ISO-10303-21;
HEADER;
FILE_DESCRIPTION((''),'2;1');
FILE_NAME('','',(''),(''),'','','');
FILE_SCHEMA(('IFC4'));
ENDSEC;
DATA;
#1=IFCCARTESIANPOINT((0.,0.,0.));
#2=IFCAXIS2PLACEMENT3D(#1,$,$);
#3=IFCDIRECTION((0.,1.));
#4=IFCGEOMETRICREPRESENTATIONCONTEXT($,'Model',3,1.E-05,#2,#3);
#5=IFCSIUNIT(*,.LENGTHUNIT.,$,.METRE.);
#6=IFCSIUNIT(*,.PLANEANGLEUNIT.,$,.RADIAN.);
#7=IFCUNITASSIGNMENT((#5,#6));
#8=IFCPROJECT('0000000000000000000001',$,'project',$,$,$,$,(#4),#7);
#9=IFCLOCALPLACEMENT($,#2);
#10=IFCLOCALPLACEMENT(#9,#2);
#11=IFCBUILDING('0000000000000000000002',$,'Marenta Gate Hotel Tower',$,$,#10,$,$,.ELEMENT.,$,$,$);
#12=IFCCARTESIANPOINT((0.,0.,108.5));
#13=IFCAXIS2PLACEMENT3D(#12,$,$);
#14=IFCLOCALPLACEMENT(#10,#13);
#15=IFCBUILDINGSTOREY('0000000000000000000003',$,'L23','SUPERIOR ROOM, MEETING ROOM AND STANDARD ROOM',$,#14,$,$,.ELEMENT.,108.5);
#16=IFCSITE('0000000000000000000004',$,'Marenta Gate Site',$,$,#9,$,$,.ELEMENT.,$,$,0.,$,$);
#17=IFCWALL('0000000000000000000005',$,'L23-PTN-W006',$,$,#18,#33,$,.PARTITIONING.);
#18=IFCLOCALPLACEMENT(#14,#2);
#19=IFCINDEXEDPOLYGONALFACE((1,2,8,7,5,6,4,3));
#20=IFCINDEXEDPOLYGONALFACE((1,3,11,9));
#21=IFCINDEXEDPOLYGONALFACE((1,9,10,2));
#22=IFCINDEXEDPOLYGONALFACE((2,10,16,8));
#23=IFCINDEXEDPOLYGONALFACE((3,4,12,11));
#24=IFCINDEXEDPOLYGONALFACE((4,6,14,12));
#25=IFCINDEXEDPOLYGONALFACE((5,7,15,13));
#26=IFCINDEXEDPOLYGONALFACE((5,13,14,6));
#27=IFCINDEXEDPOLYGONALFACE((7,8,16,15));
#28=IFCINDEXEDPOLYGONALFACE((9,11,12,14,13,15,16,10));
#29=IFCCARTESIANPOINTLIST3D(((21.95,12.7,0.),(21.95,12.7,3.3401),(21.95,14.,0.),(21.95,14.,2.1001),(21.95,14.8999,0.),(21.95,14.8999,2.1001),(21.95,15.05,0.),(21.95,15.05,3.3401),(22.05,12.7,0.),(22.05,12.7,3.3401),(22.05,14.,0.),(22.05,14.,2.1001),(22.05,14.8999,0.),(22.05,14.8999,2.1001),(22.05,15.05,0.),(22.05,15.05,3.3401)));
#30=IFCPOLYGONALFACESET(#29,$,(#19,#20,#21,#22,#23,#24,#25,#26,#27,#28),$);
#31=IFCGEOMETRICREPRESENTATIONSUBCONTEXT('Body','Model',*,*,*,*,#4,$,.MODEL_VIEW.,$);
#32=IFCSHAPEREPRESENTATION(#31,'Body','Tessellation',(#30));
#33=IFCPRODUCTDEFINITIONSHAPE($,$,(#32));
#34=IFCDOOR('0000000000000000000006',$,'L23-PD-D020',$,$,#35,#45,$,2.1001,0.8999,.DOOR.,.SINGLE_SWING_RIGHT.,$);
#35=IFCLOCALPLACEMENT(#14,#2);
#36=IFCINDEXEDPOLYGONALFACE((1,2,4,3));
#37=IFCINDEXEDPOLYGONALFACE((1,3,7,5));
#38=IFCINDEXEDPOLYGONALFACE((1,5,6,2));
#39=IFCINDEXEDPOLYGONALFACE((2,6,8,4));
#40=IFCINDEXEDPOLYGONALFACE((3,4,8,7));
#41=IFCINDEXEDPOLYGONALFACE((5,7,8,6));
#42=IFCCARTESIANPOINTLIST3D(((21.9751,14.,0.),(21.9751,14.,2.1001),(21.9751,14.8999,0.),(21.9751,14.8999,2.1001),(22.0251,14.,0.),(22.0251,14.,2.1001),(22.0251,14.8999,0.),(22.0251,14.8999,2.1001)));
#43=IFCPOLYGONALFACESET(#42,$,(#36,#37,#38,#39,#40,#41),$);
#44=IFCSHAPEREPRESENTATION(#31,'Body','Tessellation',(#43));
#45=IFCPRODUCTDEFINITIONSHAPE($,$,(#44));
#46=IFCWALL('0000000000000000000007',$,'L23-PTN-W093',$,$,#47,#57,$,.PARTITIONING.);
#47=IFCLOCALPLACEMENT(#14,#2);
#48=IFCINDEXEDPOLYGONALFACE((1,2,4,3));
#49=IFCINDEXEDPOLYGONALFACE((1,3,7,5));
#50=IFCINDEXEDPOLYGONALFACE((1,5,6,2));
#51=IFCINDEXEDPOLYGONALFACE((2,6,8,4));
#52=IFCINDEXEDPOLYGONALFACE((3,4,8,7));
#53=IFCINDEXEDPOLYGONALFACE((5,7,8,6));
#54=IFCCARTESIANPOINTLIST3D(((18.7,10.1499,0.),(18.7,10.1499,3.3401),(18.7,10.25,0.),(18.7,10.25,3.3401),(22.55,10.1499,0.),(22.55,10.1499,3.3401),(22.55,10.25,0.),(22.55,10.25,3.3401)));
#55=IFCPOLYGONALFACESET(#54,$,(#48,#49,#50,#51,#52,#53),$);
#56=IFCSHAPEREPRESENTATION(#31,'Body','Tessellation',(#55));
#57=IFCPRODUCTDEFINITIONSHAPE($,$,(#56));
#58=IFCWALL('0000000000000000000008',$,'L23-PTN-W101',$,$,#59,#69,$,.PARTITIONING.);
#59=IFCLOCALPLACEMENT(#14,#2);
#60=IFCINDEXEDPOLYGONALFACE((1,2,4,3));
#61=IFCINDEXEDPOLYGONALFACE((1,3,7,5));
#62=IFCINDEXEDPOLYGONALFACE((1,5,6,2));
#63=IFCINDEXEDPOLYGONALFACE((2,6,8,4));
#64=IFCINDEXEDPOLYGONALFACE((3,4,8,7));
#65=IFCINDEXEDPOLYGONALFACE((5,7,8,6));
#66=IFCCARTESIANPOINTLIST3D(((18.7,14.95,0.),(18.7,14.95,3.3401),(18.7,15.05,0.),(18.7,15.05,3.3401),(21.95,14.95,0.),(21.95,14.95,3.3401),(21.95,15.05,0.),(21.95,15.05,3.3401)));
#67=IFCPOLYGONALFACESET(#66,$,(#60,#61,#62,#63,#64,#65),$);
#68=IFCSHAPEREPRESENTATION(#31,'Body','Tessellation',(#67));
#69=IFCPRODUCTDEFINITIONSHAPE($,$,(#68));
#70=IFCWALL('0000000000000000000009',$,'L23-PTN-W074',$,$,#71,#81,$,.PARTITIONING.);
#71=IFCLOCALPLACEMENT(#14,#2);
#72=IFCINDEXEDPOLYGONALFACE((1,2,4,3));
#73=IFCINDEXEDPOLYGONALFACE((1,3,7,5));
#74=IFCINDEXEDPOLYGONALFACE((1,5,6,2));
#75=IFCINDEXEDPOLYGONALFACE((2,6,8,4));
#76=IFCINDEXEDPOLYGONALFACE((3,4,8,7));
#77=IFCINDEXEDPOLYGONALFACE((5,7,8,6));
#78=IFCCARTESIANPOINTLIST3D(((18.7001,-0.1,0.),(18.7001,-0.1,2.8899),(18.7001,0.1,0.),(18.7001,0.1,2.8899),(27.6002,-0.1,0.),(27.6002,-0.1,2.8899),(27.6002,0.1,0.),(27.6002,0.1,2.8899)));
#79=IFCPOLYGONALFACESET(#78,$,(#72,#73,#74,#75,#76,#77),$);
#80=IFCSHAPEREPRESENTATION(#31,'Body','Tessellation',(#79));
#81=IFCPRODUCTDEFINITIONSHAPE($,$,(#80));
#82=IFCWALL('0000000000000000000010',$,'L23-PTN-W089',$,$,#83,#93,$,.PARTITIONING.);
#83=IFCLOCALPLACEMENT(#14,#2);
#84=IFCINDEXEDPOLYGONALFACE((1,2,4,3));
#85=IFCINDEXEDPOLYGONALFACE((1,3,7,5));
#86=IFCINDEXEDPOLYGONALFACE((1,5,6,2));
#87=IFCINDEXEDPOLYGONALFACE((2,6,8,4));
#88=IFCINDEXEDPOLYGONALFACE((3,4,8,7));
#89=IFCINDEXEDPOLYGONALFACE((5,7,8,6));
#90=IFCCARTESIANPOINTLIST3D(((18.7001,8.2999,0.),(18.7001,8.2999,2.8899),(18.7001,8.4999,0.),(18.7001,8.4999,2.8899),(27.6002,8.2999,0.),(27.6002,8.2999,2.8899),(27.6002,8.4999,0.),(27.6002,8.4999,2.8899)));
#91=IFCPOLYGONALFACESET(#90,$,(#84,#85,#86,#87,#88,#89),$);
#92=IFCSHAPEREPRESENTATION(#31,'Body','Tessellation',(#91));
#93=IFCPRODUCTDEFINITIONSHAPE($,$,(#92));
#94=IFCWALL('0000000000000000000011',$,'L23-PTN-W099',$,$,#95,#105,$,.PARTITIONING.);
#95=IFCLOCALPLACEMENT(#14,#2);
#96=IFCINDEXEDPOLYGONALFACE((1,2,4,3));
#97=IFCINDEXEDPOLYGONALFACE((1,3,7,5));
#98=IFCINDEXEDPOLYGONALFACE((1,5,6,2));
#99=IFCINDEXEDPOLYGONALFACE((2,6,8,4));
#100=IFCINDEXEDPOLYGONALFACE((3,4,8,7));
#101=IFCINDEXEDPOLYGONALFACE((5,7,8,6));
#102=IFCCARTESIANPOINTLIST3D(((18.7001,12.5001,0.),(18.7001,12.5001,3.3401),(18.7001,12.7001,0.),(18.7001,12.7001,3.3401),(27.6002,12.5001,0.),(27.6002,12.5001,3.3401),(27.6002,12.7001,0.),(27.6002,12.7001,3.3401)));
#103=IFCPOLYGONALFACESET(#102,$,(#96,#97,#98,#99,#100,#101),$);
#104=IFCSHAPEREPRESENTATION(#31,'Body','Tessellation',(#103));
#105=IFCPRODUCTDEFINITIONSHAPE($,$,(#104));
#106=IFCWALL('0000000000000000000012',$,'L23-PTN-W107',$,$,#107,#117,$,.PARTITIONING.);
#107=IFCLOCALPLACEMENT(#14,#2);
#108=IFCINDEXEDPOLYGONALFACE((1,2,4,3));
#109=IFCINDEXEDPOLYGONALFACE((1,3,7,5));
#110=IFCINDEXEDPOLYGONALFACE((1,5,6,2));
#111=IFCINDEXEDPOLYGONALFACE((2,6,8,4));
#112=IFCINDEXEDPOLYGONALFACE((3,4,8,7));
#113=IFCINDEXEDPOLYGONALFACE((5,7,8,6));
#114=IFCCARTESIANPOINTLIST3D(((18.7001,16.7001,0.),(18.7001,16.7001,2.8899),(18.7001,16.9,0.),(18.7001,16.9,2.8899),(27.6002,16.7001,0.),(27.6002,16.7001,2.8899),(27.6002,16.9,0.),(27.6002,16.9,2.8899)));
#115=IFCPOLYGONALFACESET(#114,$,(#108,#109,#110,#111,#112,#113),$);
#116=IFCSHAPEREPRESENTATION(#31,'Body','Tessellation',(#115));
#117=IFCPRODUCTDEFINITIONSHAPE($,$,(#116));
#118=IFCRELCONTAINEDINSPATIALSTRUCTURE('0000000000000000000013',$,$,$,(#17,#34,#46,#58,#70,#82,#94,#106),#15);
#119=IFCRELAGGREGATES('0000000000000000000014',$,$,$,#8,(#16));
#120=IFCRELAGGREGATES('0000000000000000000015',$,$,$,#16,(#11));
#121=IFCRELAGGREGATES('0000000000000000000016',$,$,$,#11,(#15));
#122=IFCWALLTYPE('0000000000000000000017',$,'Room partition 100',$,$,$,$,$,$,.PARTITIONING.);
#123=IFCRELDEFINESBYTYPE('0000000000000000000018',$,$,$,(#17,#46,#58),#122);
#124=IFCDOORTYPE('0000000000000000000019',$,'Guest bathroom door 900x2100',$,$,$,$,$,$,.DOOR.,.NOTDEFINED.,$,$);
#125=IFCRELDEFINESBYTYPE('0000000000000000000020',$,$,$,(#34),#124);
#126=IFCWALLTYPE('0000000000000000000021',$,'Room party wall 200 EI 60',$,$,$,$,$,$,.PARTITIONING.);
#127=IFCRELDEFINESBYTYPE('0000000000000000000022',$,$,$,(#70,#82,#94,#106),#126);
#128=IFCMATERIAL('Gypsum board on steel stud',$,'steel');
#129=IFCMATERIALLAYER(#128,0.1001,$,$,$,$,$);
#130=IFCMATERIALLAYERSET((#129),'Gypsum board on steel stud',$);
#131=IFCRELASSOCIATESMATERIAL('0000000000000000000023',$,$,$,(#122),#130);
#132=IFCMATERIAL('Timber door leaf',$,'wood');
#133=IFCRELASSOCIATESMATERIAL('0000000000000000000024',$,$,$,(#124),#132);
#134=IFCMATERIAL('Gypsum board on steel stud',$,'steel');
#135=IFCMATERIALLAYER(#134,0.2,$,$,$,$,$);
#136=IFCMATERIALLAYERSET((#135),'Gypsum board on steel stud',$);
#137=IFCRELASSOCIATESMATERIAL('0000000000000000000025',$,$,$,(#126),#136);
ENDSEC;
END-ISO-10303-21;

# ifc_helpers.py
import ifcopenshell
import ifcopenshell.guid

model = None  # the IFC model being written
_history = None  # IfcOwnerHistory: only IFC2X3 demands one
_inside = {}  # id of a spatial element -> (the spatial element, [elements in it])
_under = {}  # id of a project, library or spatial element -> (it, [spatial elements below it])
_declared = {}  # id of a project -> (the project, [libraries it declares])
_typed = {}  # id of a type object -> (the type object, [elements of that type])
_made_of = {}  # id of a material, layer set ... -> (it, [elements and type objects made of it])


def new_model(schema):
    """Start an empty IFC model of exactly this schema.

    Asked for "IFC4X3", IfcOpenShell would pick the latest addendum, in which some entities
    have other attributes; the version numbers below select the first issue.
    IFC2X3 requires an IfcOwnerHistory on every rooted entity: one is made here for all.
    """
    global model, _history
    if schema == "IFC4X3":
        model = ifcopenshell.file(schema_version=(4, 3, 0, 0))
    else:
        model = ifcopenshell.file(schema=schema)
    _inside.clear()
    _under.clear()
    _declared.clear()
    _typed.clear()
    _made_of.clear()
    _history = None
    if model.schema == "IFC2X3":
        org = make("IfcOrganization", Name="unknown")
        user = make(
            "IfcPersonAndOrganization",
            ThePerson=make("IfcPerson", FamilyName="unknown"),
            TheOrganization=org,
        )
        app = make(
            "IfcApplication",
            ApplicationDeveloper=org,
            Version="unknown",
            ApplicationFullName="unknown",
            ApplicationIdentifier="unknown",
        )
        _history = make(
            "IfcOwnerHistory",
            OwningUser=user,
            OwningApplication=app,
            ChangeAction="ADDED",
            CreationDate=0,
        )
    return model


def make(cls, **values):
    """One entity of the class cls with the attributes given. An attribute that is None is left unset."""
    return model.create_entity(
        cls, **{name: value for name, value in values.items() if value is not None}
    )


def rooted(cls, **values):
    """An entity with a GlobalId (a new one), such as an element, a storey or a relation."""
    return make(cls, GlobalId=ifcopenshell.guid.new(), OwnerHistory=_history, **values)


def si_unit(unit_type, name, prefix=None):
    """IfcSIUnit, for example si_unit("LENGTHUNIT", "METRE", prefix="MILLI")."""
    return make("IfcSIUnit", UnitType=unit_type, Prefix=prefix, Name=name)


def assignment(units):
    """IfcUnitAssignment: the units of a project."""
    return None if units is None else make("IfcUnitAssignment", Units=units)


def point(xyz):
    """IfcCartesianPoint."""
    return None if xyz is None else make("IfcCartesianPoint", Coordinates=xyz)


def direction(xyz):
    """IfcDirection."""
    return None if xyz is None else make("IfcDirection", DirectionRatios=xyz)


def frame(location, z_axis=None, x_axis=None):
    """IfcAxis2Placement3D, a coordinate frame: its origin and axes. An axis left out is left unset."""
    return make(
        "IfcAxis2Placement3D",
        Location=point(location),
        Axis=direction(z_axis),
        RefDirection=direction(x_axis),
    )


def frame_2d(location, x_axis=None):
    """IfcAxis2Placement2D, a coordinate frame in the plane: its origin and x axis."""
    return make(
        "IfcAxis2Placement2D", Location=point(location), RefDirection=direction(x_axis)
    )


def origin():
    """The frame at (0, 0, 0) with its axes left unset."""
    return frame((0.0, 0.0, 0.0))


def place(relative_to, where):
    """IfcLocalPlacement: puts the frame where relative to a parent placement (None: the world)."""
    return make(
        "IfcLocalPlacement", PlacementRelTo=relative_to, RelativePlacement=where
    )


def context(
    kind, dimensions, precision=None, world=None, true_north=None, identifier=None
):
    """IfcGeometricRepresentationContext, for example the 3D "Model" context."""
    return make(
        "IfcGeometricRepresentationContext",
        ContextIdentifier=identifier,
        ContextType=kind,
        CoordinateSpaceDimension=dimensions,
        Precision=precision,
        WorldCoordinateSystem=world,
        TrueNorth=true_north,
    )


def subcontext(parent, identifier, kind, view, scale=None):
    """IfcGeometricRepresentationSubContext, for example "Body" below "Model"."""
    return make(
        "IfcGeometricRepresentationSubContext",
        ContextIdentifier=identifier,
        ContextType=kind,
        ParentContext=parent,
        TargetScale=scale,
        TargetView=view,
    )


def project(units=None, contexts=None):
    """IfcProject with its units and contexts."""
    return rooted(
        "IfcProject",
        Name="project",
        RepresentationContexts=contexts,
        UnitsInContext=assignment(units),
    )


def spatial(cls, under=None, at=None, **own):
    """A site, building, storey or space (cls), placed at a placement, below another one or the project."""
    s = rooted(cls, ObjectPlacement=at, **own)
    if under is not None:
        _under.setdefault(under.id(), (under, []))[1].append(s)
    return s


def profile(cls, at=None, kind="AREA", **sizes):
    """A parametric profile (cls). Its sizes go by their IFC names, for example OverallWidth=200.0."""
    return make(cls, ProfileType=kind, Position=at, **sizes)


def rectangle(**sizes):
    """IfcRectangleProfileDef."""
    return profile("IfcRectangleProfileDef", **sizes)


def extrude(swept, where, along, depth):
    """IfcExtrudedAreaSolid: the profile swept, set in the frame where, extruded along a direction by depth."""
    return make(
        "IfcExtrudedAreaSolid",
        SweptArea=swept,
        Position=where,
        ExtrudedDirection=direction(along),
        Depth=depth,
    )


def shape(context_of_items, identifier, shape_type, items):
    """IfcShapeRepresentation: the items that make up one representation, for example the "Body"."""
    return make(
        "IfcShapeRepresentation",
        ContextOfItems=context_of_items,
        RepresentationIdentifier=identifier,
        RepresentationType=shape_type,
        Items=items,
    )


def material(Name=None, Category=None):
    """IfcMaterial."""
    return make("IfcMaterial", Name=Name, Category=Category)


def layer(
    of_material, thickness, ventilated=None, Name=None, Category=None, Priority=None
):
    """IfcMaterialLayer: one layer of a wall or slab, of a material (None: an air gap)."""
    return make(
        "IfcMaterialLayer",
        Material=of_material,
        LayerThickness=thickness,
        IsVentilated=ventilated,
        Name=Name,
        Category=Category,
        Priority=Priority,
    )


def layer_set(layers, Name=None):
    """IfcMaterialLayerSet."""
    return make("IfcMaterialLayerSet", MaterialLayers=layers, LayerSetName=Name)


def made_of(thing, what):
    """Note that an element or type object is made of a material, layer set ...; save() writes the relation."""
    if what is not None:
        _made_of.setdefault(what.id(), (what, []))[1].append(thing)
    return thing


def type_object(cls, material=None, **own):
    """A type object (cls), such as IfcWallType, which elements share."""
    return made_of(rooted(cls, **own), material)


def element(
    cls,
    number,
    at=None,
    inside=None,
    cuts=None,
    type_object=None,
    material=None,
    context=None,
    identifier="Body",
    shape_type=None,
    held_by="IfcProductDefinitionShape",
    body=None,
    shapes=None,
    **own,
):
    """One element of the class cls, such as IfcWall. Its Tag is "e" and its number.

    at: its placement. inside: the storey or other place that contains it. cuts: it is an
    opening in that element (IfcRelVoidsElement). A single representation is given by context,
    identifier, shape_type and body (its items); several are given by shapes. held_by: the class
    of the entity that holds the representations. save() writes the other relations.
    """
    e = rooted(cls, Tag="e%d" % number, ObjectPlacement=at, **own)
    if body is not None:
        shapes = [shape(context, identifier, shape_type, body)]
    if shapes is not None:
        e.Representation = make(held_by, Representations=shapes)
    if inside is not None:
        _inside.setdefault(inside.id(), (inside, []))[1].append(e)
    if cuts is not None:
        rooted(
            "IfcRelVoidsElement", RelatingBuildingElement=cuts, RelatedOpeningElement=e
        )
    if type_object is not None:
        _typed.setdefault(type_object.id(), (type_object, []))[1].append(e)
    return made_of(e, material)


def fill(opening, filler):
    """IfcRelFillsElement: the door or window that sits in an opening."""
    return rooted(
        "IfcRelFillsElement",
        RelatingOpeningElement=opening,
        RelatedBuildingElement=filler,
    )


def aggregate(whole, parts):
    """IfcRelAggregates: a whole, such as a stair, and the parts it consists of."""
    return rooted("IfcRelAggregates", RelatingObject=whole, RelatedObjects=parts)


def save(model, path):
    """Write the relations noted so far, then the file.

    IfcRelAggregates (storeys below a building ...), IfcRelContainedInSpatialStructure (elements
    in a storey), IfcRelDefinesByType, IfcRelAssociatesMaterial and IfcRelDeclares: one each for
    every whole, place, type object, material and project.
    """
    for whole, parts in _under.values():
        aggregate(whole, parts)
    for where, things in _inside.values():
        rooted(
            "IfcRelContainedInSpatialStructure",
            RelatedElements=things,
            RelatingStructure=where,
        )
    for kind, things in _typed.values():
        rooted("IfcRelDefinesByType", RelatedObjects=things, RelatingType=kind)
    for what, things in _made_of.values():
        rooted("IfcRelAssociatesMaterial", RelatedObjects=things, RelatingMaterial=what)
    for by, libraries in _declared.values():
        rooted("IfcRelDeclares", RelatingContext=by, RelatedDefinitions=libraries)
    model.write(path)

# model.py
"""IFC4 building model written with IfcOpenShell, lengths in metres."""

from ifc_helpers import new_model, si_unit, direction, frame, frame_2d, origin, place, context, subcontext, project, spatial, rectangle, extrude, material, layer, layer_set, type_object, element, fill, save


model = new_model("IFC4")

# Units and contexts
model_context = context("Model", 3, precision=1e-05, world=origin(), true_north=direction((0.0, 1.0)))
body_context = subcontext(model_context, "Body", "Model", "MODEL_VIEW")
ifc_project = project(units=[si_unit("LENGTHUNIT", "METRE"), si_unit("PLANEANGLEUNIT", "RADIAN")], contexts=[model_context])

# Site, building, storey
site_placement = place(None, origin())
site = spatial("IfcSite", under=ifc_project, at=site_placement, Name="Marenta Gate Site", CompositionType="ELEMENT", RefElevation=0.0)
building_placement = place(site_placement, origin())
building = spatial("IfcBuilding", under=site, at=building_placement, Name="Marenta Gate Hotel Tower", CompositionType="ELEMENT")
storey_placement = place(building_placement, frame((0.0, 0.0, 108.5)))
storey = spatial("IfcBuildingStorey", under=building, at=storey_placement, Name="L23", Description="SUPERIOR ROOM, MEETING ROOM AND STANDARD ROOM", CompositionType="ELEMENT", Elevation=108.5)

# Wall, opening, door
ifc_material_1 = material(Name="Gypsum board on steel stud", Category="steel")
ifc_layer_1 = layer(ifc_material_1, 0.1001)
ifc_layer_set_1 = layer_set([ifc_layer_1], Name="Gypsum board on steel stud")
wall_type_1 = type_object("IfcWallType", Name="Room partition 100", PredefinedType="PARTITIONING", material=ifc_layer_set_1)
ifc_material_2 = material(Name="Timber door leaf", Category="wood")
door_type = type_object("IfcDoorType", Name="Guest bathroom door 900x2100", OperationType="NOTDEFINED", PredefinedType="DOOR", material=ifc_material_2)
wall_1_placement = place(storey_placement, frame((22.0, 12.7, 0.0), z_axis=(0.0, 0.0, 1.0), x_axis=(0.0, 1.0, 0.0)))
wall_1 = element("IfcWall", 1, at=wall_1_placement, inside=storey, type_object=wall_type_1, Name="L23-PTN-W006", PredefinedType="PARTITIONING", context=body_context, shape_type="SweptSolid", body=[
    extrude(rectangle(XDim=2.3501, YDim=0.1001, at=frame_2d((1.175, 0.0))), origin(), (0.0, 0.0, 1.0), 3.3401),
])
opening_1_placement = place(wall_1_placement, frame((1.3, 0.0, 0.0)))
opening_1 = element("IfcOpeningElement", 2, at=opening_1_placement, cuts=wall_1, PredefinedType="OPENING", context=body_context, shape_type="SweptSolid", body=[
    extrude(rectangle(XDim=0.8999, YDim=2.1001, at=frame_2d((0.45, 1.05))), frame((0.0, 0.05, 0.0), z_axis=(0.0, -1.0, 0.0), x_axis=(1.0, 0.0, 0.0)), (0.0, 0.0, 1.0), 0.1001),
])
door_1_placement = place(opening_1_placement, origin())
door_1 = element("IfcDoor", 3, at=door_1_placement, inside=storey, type_object=door_type, Name="L23-PD-D020", OperationType="SINGLE_SWING_RIGHT", OverallHeight=2.1001, OverallWidth=0.8999, PredefinedType="DOOR", context=body_context, shape_type="SweptSolid", body=[
    extrude(rectangle(XDim=0.8999, YDim=2.1001, at=frame_2d((0.45, 1.05))), frame((0.0, 0.0249, 0.0), z_axis=(0.0, -1.0, 0.0), x_axis=(1.0, 0.0, 0.0)), (0.0, 0.0, 1.0), 0.05),
])
fill(opening_1, door_1)

# Walls
wall_2_placement = place(storey_placement, frame((18.7, 10.2, 0.0), z_axis=(0.0, 0.0, 1.0), x_axis=(1.0, 0.0, 0.0)))
element("IfcWall", 4, at=wall_2_placement, inside=storey, type_object=wall_type_1, Name="L23-PTN-W093", PredefinedType="PARTITIONING", context=body_context, shape_type="SweptSolid", body=[
    extrude(rectangle(XDim=3.8501, YDim=0.1001, at=frame_2d((1.925, 0.0))), origin(), (0.0, 0.0, 1.0), 3.3401),
])
wall_3_placement = place(storey_placement, frame((18.7, 15.0, 0.0), z_axis=(0.0, 0.0, 1.0), x_axis=(1.0, 0.0, 0.0)))
element("IfcWall", 5, at=wall_3_placement, inside=storey, type_object=wall_type_1, Name="L23-PTN-W101", PredefinedType="PARTITIONING", context=body_context, shape_type="SweptSolid", body=[
    extrude(rectangle(XDim=3.25, YDim=0.1001, at=frame_2d((1.625, 0.0))), origin(), (0.0, 0.0, 1.0), 3.3401),
])
ifc_material_3 = material(Name="Gypsum board on steel stud", Category="steel")
ifc_layer_2 = layer(ifc_material_3, 0.2)
ifc_layer_set_2 = layer_set([ifc_layer_2], Name="Gypsum board on steel stud")
wall_type_2 = type_object("IfcWallType", Name="Room party wall 200 EI 60", PredefinedType="PARTITIONING", material=ifc_layer_set_2)
for number, where, z_axis, x_axis, name in (
    (6, (18.7, 0.0, 0.0), (0.0, 0.0, 1.0), (1.0, 0.0, 0.0), "L23-PTN-W074"),
    (7, (18.7, 8.3999, 0.0), (0.0, 0.0, 1.0), (1.0, 0.0, 0.0), "L23-PTN-W089"),
):
    element("IfcWall", number, at=place(storey_placement, frame(where, z_axis=z_axis, x_axis=x_axis)), inside=storey, type_object=wall_type_2, Name=name, PredefinedType="PARTITIONING", context=body_context, shape_type="SweptSolid", body=[
        extrude(rectangle(XDim=8.9001, YDim=0.2, at=frame_2d((4.4502, 0.0))), origin(), (0.0, 0.0, 1.0), 2.8899),
    ])
wall_4_placement = place(storey_placement, frame((18.7, 12.6001, 0.0), z_axis=(0.0, 0.0, 1.0), x_axis=(1.0, 0.0, 0.0)))
element("IfcWall", 8, at=wall_4_placement, inside=storey, type_object=wall_type_2, Name="L23-PTN-W099", PredefinedType="PARTITIONING", context=body_context, shape_type="SweptSolid", body=[
    extrude(rectangle(XDim=8.9001, YDim=0.2, at=frame_2d((4.4502, 0.0))), origin(), (0.0, 0.0, 1.0), 3.3401),
])
wall_5_placement = place(storey_placement, frame((18.7, 16.8, 0.0), z_axis=(0.0, 0.0, 1.0), x_axis=(1.0, 0.0, 0.0)))
element("IfcWall", 9, at=wall_5_placement, inside=storey, type_object=wall_type_2, Name="L23-PTN-W107", PredefinedType="PARTITIONING", context=body_context, shape_type="SweptSolid", body=[
    extrude(rectangle(XDim=8.9001, YDim=0.2, at=frame_2d((4.4502, 0.0))), origin(), (0.0, 0.0, 1.0), 2.8899),
])

save(model, "model.ifc")
